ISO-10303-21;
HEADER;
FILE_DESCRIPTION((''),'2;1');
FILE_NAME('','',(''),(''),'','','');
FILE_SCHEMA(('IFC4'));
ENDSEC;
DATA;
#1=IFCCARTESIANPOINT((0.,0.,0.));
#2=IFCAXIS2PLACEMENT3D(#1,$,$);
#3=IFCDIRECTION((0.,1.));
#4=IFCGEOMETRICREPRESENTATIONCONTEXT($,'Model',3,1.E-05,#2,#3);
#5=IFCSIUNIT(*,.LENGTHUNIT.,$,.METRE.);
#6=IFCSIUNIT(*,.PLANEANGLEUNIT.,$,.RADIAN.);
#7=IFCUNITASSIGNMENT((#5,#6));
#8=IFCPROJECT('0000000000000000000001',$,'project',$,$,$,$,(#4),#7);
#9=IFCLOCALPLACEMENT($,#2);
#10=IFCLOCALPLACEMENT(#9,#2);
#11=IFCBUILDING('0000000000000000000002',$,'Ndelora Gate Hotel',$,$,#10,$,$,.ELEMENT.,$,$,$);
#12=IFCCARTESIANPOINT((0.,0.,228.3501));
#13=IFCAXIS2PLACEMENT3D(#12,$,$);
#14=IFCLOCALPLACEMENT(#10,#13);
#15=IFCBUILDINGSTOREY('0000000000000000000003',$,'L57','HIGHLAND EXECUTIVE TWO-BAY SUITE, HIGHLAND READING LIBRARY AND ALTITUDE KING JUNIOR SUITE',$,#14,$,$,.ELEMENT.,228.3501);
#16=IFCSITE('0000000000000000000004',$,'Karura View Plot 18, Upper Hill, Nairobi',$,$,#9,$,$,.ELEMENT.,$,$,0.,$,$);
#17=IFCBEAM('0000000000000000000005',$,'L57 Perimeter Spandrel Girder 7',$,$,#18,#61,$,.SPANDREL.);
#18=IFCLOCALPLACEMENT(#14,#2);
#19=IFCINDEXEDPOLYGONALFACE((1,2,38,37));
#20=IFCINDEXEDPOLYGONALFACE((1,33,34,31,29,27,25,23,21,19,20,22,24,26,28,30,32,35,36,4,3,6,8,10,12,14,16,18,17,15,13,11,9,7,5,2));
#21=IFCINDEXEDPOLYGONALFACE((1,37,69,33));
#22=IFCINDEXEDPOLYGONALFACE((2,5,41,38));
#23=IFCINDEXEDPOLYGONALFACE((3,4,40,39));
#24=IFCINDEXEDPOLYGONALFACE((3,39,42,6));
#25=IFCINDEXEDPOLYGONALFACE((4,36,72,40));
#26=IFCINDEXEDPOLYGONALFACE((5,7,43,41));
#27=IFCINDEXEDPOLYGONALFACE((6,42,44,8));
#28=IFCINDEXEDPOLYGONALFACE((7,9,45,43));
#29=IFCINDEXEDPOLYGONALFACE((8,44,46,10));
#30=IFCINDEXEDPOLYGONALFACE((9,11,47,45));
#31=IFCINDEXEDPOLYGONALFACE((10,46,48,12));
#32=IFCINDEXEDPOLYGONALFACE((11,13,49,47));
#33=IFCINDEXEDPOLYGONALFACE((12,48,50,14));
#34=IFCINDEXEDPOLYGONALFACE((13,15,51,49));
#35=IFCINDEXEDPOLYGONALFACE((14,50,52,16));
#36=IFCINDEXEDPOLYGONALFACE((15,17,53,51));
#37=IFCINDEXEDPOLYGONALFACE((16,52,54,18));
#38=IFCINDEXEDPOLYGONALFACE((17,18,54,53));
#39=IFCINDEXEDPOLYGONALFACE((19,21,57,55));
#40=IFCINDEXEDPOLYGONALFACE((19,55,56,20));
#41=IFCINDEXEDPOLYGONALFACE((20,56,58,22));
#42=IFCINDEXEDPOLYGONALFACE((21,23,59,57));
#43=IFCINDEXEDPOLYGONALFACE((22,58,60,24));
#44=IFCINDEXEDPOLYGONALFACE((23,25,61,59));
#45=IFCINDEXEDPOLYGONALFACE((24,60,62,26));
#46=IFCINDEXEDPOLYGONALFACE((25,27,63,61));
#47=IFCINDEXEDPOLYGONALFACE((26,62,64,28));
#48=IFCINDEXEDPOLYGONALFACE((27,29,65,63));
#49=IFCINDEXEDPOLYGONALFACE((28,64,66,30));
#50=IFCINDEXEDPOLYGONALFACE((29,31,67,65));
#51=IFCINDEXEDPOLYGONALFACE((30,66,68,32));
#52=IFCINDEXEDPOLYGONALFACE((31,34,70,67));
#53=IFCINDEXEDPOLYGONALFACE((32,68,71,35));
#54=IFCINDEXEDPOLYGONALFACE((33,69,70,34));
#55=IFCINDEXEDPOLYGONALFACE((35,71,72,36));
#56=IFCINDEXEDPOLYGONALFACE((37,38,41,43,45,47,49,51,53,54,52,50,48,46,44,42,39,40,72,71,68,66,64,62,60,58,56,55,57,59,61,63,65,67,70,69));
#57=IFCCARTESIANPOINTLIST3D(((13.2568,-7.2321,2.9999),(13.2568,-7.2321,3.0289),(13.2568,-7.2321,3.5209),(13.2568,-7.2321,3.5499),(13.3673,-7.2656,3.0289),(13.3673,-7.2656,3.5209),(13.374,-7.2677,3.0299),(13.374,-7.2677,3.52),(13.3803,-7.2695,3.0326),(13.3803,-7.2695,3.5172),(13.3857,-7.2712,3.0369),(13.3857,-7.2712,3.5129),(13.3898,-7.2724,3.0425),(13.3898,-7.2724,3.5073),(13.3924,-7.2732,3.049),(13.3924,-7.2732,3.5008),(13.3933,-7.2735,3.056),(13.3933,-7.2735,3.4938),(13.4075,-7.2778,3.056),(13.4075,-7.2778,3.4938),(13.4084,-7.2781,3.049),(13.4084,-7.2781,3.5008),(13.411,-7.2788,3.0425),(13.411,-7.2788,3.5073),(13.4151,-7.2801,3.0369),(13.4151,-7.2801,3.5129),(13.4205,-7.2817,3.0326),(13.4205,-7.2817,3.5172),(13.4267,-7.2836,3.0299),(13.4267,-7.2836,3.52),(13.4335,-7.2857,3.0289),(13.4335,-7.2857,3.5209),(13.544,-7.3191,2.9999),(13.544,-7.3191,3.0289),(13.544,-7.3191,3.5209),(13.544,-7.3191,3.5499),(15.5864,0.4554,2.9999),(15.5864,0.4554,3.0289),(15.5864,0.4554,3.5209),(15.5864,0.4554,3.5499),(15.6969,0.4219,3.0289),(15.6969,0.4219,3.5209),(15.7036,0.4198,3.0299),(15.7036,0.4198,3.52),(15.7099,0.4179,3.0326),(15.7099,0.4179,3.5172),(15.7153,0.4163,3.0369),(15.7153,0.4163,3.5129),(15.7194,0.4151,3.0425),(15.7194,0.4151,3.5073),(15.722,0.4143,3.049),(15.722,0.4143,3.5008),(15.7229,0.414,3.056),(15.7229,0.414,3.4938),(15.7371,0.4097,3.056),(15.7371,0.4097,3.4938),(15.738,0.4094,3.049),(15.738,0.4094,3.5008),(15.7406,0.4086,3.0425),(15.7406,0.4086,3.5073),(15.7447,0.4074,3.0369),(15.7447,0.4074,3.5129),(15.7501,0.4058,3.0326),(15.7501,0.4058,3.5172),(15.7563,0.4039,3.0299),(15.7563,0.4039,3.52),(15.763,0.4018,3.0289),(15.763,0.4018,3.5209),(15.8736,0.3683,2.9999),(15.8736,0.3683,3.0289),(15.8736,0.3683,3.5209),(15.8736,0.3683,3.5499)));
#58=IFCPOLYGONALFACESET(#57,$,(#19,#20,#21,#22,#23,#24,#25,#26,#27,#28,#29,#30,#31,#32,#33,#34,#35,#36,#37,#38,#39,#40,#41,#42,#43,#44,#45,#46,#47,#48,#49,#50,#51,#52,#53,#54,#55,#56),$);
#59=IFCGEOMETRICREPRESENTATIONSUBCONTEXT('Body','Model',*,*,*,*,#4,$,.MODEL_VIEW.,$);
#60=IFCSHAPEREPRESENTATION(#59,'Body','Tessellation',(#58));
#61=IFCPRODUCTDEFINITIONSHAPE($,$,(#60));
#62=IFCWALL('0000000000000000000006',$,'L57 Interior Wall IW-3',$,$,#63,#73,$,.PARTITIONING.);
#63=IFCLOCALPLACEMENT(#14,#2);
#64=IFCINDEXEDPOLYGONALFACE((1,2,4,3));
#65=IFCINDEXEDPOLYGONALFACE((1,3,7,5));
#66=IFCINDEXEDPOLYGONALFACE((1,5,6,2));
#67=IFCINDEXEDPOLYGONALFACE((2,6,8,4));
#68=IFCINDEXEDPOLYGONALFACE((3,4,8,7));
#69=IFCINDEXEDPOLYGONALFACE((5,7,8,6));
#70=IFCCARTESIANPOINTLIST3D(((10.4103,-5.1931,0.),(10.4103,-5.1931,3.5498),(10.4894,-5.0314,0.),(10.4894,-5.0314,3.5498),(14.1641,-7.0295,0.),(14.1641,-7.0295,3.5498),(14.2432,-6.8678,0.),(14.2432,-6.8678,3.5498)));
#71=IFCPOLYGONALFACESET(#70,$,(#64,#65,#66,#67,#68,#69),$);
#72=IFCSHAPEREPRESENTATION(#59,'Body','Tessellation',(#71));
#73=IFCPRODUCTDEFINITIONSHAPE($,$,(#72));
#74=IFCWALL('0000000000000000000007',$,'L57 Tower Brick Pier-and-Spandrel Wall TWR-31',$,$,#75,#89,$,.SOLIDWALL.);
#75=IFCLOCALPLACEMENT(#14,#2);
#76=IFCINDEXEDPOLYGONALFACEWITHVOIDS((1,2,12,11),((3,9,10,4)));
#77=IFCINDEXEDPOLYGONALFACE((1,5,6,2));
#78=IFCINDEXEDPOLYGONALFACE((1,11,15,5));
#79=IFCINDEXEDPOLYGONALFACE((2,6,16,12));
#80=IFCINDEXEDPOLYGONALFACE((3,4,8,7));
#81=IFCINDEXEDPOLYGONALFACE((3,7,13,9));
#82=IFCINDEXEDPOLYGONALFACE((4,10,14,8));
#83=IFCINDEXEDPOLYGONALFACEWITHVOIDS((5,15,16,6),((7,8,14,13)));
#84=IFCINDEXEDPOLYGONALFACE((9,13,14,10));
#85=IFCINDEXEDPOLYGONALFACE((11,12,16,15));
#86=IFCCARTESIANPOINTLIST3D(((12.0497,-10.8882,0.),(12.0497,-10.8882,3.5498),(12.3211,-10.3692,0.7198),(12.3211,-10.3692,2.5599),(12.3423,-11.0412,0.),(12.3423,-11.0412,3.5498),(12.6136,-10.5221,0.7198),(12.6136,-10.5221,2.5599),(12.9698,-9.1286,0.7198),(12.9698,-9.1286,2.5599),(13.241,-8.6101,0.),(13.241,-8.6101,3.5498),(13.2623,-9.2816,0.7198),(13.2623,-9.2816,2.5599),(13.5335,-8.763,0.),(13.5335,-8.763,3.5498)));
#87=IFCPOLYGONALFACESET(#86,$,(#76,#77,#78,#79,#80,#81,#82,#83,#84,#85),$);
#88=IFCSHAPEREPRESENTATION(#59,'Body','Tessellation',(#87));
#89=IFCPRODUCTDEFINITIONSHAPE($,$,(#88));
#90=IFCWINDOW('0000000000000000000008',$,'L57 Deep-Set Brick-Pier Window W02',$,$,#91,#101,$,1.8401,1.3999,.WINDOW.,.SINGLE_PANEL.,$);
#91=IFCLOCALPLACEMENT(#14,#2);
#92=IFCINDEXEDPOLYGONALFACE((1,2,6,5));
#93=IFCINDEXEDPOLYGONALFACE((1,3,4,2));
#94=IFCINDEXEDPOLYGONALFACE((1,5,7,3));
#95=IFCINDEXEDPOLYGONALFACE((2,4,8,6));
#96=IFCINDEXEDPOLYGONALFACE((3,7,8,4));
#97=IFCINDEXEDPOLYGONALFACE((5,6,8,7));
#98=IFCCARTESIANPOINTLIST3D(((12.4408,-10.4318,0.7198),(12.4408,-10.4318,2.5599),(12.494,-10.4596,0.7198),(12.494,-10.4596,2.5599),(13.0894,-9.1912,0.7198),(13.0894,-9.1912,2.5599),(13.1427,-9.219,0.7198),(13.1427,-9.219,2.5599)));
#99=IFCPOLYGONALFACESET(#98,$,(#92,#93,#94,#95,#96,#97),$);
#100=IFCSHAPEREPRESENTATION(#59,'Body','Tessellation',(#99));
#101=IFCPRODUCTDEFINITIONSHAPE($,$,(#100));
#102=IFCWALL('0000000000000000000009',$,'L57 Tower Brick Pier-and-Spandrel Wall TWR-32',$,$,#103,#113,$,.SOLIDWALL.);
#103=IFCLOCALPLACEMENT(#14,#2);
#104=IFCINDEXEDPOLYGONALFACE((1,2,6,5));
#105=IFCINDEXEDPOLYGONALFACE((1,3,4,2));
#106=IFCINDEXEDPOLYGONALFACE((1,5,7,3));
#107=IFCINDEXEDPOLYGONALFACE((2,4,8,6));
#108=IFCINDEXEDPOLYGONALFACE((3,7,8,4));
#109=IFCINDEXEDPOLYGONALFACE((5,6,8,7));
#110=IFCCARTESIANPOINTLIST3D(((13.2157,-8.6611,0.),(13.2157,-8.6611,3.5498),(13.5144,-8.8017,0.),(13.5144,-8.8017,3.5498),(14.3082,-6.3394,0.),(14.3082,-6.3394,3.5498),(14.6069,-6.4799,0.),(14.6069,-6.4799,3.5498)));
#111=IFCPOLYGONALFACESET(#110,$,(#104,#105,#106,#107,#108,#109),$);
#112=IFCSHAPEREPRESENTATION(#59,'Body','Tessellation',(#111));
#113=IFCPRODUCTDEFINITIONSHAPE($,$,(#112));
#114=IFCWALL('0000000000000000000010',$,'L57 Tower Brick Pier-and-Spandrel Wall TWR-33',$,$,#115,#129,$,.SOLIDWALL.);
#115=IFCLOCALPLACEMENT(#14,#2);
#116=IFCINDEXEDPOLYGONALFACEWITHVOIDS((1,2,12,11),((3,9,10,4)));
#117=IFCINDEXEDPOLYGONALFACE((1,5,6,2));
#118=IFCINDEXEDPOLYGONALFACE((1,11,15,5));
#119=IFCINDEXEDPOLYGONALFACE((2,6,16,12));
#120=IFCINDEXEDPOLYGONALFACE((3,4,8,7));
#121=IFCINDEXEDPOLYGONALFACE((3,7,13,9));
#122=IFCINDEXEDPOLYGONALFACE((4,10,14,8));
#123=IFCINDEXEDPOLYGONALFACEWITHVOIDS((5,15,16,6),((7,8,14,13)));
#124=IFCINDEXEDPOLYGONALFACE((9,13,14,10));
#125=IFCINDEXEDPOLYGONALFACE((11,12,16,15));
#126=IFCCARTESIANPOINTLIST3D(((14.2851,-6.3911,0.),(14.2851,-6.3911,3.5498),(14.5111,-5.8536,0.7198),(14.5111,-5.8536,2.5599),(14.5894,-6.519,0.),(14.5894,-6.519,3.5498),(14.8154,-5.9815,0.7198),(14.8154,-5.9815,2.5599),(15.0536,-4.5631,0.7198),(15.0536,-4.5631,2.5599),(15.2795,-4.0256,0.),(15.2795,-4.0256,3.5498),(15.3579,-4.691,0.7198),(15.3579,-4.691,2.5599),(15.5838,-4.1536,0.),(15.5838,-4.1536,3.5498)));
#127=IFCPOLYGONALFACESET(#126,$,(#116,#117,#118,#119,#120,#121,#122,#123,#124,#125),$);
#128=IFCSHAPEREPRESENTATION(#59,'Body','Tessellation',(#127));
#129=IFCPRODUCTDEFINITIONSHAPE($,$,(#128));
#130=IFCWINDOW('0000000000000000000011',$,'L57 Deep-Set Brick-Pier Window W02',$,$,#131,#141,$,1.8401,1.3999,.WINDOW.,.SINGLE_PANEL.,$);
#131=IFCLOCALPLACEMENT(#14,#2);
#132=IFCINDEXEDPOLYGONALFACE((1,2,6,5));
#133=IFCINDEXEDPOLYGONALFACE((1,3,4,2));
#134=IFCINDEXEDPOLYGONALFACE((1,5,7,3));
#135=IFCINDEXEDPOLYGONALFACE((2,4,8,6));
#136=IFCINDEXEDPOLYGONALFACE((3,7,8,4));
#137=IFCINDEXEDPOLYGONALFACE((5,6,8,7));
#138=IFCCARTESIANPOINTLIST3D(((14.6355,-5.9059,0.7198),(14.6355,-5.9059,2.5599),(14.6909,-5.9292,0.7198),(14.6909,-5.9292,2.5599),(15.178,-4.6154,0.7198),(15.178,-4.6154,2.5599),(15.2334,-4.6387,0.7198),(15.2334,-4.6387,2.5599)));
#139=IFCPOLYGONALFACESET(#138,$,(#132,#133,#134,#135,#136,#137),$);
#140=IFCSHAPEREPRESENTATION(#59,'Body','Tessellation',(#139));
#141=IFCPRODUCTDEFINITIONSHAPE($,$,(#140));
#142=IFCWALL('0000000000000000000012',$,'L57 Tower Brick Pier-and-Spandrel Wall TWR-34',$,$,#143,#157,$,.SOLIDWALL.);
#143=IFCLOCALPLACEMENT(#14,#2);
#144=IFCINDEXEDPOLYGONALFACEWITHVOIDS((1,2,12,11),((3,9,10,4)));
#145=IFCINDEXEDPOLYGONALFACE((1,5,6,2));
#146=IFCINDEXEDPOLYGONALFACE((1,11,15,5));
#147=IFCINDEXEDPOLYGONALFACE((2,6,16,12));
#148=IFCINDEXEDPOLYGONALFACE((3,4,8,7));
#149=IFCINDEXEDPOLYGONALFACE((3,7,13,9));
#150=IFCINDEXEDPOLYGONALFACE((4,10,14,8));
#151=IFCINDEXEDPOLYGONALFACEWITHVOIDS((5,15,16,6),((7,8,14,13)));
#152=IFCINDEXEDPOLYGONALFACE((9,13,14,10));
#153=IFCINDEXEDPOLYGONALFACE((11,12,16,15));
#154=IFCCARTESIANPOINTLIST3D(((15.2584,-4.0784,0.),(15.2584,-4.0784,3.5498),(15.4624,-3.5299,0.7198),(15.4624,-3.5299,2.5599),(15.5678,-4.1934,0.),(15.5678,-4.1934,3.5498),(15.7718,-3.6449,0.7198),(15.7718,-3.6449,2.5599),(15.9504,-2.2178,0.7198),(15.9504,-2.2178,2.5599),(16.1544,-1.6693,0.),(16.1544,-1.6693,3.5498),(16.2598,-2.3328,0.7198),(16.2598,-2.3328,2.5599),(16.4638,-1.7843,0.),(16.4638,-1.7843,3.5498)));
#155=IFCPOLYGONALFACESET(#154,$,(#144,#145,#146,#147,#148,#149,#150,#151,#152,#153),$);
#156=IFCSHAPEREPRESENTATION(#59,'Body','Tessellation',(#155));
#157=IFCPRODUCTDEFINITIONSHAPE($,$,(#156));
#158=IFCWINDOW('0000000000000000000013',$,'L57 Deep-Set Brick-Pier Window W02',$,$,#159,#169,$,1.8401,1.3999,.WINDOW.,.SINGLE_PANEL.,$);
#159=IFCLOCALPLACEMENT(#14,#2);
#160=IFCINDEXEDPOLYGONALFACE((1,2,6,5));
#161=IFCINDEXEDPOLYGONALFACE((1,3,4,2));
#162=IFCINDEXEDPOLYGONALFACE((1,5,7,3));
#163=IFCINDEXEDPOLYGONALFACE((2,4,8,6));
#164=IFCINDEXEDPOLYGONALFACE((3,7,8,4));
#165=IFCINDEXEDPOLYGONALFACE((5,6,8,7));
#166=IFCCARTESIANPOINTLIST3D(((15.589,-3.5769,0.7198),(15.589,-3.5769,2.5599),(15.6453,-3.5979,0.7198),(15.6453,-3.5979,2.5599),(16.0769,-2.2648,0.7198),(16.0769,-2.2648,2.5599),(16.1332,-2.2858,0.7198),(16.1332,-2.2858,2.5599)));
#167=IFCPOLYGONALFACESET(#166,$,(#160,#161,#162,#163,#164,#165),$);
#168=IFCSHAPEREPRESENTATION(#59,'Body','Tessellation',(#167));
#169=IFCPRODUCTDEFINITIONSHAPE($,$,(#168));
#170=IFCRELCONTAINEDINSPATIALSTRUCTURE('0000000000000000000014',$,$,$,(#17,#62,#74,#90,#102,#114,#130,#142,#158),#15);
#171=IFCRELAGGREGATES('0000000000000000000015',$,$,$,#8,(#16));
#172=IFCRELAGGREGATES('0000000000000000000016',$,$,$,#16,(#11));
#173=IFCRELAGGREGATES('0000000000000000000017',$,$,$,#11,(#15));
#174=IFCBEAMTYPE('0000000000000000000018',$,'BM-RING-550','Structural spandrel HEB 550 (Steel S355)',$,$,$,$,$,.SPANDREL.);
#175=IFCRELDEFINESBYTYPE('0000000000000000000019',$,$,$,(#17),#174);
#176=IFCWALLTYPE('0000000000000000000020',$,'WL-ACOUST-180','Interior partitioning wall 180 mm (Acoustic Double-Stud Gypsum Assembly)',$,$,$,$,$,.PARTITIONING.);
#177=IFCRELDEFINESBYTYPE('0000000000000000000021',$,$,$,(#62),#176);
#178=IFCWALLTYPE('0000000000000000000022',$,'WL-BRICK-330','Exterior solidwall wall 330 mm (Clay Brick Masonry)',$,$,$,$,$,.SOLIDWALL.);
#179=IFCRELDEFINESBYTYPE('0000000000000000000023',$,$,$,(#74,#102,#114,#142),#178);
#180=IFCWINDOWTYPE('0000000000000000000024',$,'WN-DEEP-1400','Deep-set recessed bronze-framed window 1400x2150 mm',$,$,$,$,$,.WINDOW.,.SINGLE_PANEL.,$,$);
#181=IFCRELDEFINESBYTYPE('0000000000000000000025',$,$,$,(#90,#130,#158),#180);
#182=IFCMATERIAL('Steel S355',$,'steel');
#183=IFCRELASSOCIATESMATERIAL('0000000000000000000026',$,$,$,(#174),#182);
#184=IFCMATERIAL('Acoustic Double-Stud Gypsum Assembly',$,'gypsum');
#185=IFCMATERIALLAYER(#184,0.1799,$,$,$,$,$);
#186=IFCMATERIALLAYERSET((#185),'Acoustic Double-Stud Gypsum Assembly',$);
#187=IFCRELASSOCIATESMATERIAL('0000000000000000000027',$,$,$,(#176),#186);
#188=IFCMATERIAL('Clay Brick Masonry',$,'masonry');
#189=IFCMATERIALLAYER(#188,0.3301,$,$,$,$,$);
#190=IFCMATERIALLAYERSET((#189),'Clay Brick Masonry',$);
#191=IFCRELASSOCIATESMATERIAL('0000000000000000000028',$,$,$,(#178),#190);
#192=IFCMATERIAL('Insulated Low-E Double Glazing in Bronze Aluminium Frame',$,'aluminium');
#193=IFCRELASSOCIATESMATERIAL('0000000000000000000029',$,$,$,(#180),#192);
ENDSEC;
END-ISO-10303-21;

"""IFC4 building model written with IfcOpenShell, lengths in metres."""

from ifc_helpers import new_model, si_unit, direction, frame, frame_2d, origin, origin_2d, place, context, subcontext, project, spatial, rectangle, i_section, extrude, material, layer, layer_set, material_profile, profile_set, type_object, element, fill, save


model = new_model("IFC4")

# Units and contexts
model_context = context("Model", 3, precision=1e-05, world=origin(), true_north=direction((0.0, 1.0)))
body_context = subcontext(model_context, "Body", "Model", "MODEL_VIEW")
ifc_project = project(units=[si_unit("LENGTHUNIT", "METRE"), si_unit("PLANEANGLEUNIT", "RADIAN")], contexts=[model_context])

# Site, building, storey
site_placement = place(None, origin())
site = spatial("IfcSite", under=ifc_project, at=site_placement, Name="Karura View Plot 18, Upper Hill, Nairobi", CompositionType="ELEMENT", RefElevation=0.0)
building_placement = place(site_placement, origin())
building = spatial("IfcBuilding", under=site, at=building_placement, Name="Ndelora Gate Hotel", CompositionType="ELEMENT")
storey_placement = place(building_placement, frame((0.0, 0.0, 228.3501)))
storey = spatial("IfcBuildingStorey", under=building, at=storey_placement, Name="L57", Description="HIGHLAND EXECUTIVE TWO-BAY SUITE, HIGHLAND READING LIBRARY AND ALTITUDE KING JUNIOR SUITE", CompositionType="ELEMENT", Elevation=228.3501)

# Beam
ifc_material_1 = material(Name="Steel S355", Category="steel")
ifc_material_profile_1 = material_profile(ifc_material_1, i_section(OverallWidth=0.3, OverallDepth=0.55, WebThickness=0.0149, FlangeThickness=0.0291, FilletRadius=0.0271, at=origin_2d()), Name="HEB 550")
ifc_profile_set_1 = profile_set([ifc_material_profile_1], Name="Steel S355")
beam_type_1 = type_object("IfcBeamType", Name="BM-RING-550", Description="Structural spandrel HEB 550 (Steel S355)", PredefinedType="SPANDREL", material=ifc_profile_set_1)
beam_1_placement = place(storey_placement, frame((13.4004, -7.2756, 3.2749), z_axis=(0.290012, 0.957023, 0.0), x_axis=(-0.957023, 0.290012, 0.0)))
element("IfcBeam", 1, at=beam_1_placement, inside=storey, type_object=beam_type_1, Name="L57 Perimeter Spandrel Girder 7", PredefinedType="SPANDREL", context=body_context, shape_type="SweptSolid", body=[
    extrude(i_section(OverallWidth=0.3, OverallDepth=0.55, WebThickness=0.0149, FlangeThickness=0.0291, FilletRadius=0.0271, at=origin_2d()), origin(), (0.0, 0.0, 1.0), 8.0327),
])

# Wall
ifc_material_2 = material(Name="Acoustic Double-Stud Gypsum Assembly", Category="gypsum")
ifc_layer_1 = layer(ifc_material_2, 0.1799)
ifc_layer_set_1 = layer_set([ifc_layer_1], Name="Acoustic Double-Stud Gypsum Assembly")
wall_type_1 = type_object("IfcWallType", Name="WL-ACOUST-180", Description="Interior partitioning wall 180 mm (Acoustic Double-Stud Gypsum Assembly)", PredefinedType="PARTITIONING", material=ifc_layer_set_1)
wall_1_placement = place(storey_placement, frame((10.45, -5.1123, 0.0), z_axis=(0.0, 0.0, 1.0), x_axis=(0.898273, -0.439439, 0.0)))
element("IfcWall", 2, at=wall_1_placement, inside=storey, type_object=wall_type_1, Name="L57 Interior Wall IW-3", PredefinedType="PARTITIONING", context=body_context, shape_type="SweptSolid", body=[
    extrude(rectangle(XDim=4.179, YDim=0.1799, at=frame_2d((2.0894, 0.0))), origin(), (0.0, 0.0, 1.0), 3.5498),
])

# Wall, opening, window
ifc_material_3 = material(Name="Clay Brick Masonry", Category="masonry")
ifc_layer_2 = layer(ifc_material_3, 0.3301)
ifc_layer_set_2 = layer_set([ifc_layer_2], Name="Clay Brick Masonry")
wall_type_2 = type_object("IfcWallType", Name="WL-BRICK-330", Description="Exterior solidwall wall 330 mm (Clay Brick Masonry)", PredefinedType="SOLIDWALL", material=ifc_layer_set_2)
wall_2_placement = place(storey_placement, frame((13.3872, -8.6865, 0.0), z_axis=(0.0, 0.0, 1.0), x_axis=(-0.463361, -0.88617, 0.0)))
wall_2 = element("IfcWall", 3, at=wall_2_placement, inside=storey, type_object=wall_type_2, Name="L57 Tower Brick Pier-and-Spandrel Wall TWR-31", PredefinedType="SOLIDWALL", context=body_context, shape_type="SweptSolid", body=[
    extrude(rectangle(XDim=2.5708, YDim=0.3301, at=frame_2d((1.2854, 0.0))), origin(), (0.0, 0.0, 1.0), 3.5498),
])
opening_1_placement = place(wall_2_placement, frame((0.5852, 0.0, 0.72)))
opening_1 = element("IfcOpeningElement", 4, at=opening_1_placement, cuts=wall_2, PredefinedType="OPENING", context=body_context, shape_type="SweptSolid", body=[
    extrude(rectangle(XDim=1.3999, YDim=1.8401, at=frame_2d((0.7, 0.9199))), frame((0.0, 0.175, 0.0), z_axis=(0.0, -1.0, 0.0), x_axis=(1.0, 0.0, 0.0)), (0.0, 0.0, 1.0), 0.3501),
])
ifc_material_4 = material(Name="Insulated Low-E Double Glazing in Bronze Aluminium Frame", Category="aluminium")
window_type = type_object("IfcWindowType", Name="WN-DEEP-1400", Description="Deep-set recessed bronze-framed window 1400x2150 mm", PartitioningType="SINGLE_PANEL", PredefinedType="WINDOW", material=ifc_material_4)
window_1_placement = place(opening_1_placement, origin())
window_1 = element("IfcWindow", 5, at=window_1_placement, inside=storey, type_object=window_type, Name="L57 Deep-Set Brick-Pier Window W02", OverallHeight=1.8401, OverallWidth=1.3999, PartitioningType="SINGLE_PANEL", PredefinedType="WINDOW", context=body_context, shape_type="SweptSolid", body=[
    extrude(rectangle(XDim=1.3999, YDim=1.8401, at=frame_2d((0.7, 0.9199))), frame((0.0, 0.03, 0.0), z_axis=(0.0, -1.0, 0.0), x_axis=(1.0, 0.0, 0.0)), (0.0, 0.0, 1.0), 0.0601),
])
fill(opening_1, window_1)

# Wall
wall_3_placement = place(storey_placement, frame((14.4575, -6.4097, 0.0), z_axis=(0.0, 0.0, 1.0), x_axis=(-0.425774, -0.904829, 0.0)))
element("IfcWall", 6, at=wall_3_placement, inside=storey, type_object=wall_type_2, Name="L57 Tower Brick Pier-and-Spandrel Wall TWR-32", PredefinedType="SOLIDWALL", context=body_context, shape_type="SweptSolid", body=[
    extrude(rectangle(XDim=2.5659, YDim=0.3301, at=frame_2d((1.283, 0.0))), origin(), (0.0, 0.0, 1.0), 3.5498),
])

# Walls, openings, windows
wall_4_placement = place(storey_placement, frame((15.4316, -4.0896, 0.0), z_axis=(0.0, 0.0, 1.0), x_axis=(-0.387525, -0.921859, 0.0)))
wall_4 = element("IfcWall", 7, at=wall_4_placement, inside=storey, type_object=wall_type_2, Name="L57 Tower Brick Pier-and-Spandrel Wall TWR-33", PredefinedType="SOLIDWALL", context=body_context, shape_type="SweptSolid", body=[
    extrude(rectangle(XDim=2.5659, YDim=0.3301, at=frame_2d((1.283, 0.0))), origin(), (0.0, 0.0, 1.0), 3.5498),
])
opening_2_placement = place(wall_4_placement, frame((0.583, 0.0, 0.72)))
opening_2 = element("IfcOpeningElement", 8, at=opening_2_placement, cuts=wall_4, PredefinedType="OPENING", context=body_context, shape_type="SweptSolid", body=[
    extrude(rectangle(XDim=1.3999, YDim=1.8401, at=frame_2d((0.7, 0.9199))), frame((0.0, 0.175, 0.0), z_axis=(0.0, -1.0, 0.0), x_axis=(1.0, 0.0, 0.0)), (0.0, 0.0, 1.0), 0.3501),
])
window_2_placement = place(opening_2_placement, origin())
window_2 = element("IfcWindow", 9, at=window_2_placement, inside=storey, type_object=window_type, Name="L57 Deep-Set Brick-Pier Window W02", OverallHeight=1.8401, OverallWidth=1.3999, PartitioningType="SINGLE_PANEL", PredefinedType="WINDOW", context=body_context, shape_type="SweptSolid", body=[
    extrude(rectangle(XDim=1.3999, YDim=1.8401, at=frame_2d((0.7, 0.9199))), frame((0.0, 0.03, 0.0), z_axis=(0.0, -1.0, 0.0), x_axis=(1.0, 0.0, 0.0)), (0.0, 0.0, 1.0), 0.0601),
])
fill(opening_2, window_2)
wall_5_placement = place(storey_placement, frame((16.3091, -1.7268, 0.0), z_axis=(0.0, 0.0, 1.0), x_axis=(-0.348582, -0.937278, 0.0)))
wall_5 = element("IfcWall", 10, at=wall_5_placement, inside=storey, type_object=wall_type_2, Name="L57 Tower Brick Pier-and-Spandrel Wall TWR-34", PredefinedType="SOLIDWALL", context=body_context, shape_type="SweptSolid", body=[
    extrude(rectangle(XDim=2.5703, YDim=0.3301, at=frame_2d((1.2852, 0.0))), origin(), (0.0, 0.0, 1.0), 3.5498),
])
opening_3_placement = place(wall_5_placement, frame((0.5852, 0.0, 0.72)))
opening_3 = element("IfcOpeningElement", 11, at=opening_3_placement, cuts=wall_5, PredefinedType="OPENING", context=body_context, shape_type="SweptSolid", body=[
    extrude(rectangle(XDim=1.3999, YDim=1.8401, at=frame_2d((0.7, 0.9199))), frame((0.0, 0.175, 0.0), z_axis=(0.0, -1.0, 0.0), x_axis=(1.0, 0.0, 0.0)), (0.0, 0.0, 1.0), 0.3501),
])
window_3_placement = place(opening_3_placement, origin())
window_3 = element("IfcWindow", 12, at=window_3_placement, inside=storey, type_object=window_type, Name="L57 Deep-Set Brick-Pier Window W02", OverallHeight=1.8401, OverallWidth=1.3999, PartitioningType="SINGLE_PANEL", PredefinedType="WINDOW", context=body_context, shape_type="SweptSolid", body=[
    extrude(rectangle(XDim=1.3999, YDim=1.8401, at=frame_2d((0.7, 0.9199))), frame((0.0, 0.03, 0.0), z_axis=(0.0, -1.0, 0.0), x_axis=(1.0, 0.0, 0.0)), (0.0, 0.0, 1.0), 0.0601),
])
fill(opening_3, window_3)

save(model, "model.ifc")
